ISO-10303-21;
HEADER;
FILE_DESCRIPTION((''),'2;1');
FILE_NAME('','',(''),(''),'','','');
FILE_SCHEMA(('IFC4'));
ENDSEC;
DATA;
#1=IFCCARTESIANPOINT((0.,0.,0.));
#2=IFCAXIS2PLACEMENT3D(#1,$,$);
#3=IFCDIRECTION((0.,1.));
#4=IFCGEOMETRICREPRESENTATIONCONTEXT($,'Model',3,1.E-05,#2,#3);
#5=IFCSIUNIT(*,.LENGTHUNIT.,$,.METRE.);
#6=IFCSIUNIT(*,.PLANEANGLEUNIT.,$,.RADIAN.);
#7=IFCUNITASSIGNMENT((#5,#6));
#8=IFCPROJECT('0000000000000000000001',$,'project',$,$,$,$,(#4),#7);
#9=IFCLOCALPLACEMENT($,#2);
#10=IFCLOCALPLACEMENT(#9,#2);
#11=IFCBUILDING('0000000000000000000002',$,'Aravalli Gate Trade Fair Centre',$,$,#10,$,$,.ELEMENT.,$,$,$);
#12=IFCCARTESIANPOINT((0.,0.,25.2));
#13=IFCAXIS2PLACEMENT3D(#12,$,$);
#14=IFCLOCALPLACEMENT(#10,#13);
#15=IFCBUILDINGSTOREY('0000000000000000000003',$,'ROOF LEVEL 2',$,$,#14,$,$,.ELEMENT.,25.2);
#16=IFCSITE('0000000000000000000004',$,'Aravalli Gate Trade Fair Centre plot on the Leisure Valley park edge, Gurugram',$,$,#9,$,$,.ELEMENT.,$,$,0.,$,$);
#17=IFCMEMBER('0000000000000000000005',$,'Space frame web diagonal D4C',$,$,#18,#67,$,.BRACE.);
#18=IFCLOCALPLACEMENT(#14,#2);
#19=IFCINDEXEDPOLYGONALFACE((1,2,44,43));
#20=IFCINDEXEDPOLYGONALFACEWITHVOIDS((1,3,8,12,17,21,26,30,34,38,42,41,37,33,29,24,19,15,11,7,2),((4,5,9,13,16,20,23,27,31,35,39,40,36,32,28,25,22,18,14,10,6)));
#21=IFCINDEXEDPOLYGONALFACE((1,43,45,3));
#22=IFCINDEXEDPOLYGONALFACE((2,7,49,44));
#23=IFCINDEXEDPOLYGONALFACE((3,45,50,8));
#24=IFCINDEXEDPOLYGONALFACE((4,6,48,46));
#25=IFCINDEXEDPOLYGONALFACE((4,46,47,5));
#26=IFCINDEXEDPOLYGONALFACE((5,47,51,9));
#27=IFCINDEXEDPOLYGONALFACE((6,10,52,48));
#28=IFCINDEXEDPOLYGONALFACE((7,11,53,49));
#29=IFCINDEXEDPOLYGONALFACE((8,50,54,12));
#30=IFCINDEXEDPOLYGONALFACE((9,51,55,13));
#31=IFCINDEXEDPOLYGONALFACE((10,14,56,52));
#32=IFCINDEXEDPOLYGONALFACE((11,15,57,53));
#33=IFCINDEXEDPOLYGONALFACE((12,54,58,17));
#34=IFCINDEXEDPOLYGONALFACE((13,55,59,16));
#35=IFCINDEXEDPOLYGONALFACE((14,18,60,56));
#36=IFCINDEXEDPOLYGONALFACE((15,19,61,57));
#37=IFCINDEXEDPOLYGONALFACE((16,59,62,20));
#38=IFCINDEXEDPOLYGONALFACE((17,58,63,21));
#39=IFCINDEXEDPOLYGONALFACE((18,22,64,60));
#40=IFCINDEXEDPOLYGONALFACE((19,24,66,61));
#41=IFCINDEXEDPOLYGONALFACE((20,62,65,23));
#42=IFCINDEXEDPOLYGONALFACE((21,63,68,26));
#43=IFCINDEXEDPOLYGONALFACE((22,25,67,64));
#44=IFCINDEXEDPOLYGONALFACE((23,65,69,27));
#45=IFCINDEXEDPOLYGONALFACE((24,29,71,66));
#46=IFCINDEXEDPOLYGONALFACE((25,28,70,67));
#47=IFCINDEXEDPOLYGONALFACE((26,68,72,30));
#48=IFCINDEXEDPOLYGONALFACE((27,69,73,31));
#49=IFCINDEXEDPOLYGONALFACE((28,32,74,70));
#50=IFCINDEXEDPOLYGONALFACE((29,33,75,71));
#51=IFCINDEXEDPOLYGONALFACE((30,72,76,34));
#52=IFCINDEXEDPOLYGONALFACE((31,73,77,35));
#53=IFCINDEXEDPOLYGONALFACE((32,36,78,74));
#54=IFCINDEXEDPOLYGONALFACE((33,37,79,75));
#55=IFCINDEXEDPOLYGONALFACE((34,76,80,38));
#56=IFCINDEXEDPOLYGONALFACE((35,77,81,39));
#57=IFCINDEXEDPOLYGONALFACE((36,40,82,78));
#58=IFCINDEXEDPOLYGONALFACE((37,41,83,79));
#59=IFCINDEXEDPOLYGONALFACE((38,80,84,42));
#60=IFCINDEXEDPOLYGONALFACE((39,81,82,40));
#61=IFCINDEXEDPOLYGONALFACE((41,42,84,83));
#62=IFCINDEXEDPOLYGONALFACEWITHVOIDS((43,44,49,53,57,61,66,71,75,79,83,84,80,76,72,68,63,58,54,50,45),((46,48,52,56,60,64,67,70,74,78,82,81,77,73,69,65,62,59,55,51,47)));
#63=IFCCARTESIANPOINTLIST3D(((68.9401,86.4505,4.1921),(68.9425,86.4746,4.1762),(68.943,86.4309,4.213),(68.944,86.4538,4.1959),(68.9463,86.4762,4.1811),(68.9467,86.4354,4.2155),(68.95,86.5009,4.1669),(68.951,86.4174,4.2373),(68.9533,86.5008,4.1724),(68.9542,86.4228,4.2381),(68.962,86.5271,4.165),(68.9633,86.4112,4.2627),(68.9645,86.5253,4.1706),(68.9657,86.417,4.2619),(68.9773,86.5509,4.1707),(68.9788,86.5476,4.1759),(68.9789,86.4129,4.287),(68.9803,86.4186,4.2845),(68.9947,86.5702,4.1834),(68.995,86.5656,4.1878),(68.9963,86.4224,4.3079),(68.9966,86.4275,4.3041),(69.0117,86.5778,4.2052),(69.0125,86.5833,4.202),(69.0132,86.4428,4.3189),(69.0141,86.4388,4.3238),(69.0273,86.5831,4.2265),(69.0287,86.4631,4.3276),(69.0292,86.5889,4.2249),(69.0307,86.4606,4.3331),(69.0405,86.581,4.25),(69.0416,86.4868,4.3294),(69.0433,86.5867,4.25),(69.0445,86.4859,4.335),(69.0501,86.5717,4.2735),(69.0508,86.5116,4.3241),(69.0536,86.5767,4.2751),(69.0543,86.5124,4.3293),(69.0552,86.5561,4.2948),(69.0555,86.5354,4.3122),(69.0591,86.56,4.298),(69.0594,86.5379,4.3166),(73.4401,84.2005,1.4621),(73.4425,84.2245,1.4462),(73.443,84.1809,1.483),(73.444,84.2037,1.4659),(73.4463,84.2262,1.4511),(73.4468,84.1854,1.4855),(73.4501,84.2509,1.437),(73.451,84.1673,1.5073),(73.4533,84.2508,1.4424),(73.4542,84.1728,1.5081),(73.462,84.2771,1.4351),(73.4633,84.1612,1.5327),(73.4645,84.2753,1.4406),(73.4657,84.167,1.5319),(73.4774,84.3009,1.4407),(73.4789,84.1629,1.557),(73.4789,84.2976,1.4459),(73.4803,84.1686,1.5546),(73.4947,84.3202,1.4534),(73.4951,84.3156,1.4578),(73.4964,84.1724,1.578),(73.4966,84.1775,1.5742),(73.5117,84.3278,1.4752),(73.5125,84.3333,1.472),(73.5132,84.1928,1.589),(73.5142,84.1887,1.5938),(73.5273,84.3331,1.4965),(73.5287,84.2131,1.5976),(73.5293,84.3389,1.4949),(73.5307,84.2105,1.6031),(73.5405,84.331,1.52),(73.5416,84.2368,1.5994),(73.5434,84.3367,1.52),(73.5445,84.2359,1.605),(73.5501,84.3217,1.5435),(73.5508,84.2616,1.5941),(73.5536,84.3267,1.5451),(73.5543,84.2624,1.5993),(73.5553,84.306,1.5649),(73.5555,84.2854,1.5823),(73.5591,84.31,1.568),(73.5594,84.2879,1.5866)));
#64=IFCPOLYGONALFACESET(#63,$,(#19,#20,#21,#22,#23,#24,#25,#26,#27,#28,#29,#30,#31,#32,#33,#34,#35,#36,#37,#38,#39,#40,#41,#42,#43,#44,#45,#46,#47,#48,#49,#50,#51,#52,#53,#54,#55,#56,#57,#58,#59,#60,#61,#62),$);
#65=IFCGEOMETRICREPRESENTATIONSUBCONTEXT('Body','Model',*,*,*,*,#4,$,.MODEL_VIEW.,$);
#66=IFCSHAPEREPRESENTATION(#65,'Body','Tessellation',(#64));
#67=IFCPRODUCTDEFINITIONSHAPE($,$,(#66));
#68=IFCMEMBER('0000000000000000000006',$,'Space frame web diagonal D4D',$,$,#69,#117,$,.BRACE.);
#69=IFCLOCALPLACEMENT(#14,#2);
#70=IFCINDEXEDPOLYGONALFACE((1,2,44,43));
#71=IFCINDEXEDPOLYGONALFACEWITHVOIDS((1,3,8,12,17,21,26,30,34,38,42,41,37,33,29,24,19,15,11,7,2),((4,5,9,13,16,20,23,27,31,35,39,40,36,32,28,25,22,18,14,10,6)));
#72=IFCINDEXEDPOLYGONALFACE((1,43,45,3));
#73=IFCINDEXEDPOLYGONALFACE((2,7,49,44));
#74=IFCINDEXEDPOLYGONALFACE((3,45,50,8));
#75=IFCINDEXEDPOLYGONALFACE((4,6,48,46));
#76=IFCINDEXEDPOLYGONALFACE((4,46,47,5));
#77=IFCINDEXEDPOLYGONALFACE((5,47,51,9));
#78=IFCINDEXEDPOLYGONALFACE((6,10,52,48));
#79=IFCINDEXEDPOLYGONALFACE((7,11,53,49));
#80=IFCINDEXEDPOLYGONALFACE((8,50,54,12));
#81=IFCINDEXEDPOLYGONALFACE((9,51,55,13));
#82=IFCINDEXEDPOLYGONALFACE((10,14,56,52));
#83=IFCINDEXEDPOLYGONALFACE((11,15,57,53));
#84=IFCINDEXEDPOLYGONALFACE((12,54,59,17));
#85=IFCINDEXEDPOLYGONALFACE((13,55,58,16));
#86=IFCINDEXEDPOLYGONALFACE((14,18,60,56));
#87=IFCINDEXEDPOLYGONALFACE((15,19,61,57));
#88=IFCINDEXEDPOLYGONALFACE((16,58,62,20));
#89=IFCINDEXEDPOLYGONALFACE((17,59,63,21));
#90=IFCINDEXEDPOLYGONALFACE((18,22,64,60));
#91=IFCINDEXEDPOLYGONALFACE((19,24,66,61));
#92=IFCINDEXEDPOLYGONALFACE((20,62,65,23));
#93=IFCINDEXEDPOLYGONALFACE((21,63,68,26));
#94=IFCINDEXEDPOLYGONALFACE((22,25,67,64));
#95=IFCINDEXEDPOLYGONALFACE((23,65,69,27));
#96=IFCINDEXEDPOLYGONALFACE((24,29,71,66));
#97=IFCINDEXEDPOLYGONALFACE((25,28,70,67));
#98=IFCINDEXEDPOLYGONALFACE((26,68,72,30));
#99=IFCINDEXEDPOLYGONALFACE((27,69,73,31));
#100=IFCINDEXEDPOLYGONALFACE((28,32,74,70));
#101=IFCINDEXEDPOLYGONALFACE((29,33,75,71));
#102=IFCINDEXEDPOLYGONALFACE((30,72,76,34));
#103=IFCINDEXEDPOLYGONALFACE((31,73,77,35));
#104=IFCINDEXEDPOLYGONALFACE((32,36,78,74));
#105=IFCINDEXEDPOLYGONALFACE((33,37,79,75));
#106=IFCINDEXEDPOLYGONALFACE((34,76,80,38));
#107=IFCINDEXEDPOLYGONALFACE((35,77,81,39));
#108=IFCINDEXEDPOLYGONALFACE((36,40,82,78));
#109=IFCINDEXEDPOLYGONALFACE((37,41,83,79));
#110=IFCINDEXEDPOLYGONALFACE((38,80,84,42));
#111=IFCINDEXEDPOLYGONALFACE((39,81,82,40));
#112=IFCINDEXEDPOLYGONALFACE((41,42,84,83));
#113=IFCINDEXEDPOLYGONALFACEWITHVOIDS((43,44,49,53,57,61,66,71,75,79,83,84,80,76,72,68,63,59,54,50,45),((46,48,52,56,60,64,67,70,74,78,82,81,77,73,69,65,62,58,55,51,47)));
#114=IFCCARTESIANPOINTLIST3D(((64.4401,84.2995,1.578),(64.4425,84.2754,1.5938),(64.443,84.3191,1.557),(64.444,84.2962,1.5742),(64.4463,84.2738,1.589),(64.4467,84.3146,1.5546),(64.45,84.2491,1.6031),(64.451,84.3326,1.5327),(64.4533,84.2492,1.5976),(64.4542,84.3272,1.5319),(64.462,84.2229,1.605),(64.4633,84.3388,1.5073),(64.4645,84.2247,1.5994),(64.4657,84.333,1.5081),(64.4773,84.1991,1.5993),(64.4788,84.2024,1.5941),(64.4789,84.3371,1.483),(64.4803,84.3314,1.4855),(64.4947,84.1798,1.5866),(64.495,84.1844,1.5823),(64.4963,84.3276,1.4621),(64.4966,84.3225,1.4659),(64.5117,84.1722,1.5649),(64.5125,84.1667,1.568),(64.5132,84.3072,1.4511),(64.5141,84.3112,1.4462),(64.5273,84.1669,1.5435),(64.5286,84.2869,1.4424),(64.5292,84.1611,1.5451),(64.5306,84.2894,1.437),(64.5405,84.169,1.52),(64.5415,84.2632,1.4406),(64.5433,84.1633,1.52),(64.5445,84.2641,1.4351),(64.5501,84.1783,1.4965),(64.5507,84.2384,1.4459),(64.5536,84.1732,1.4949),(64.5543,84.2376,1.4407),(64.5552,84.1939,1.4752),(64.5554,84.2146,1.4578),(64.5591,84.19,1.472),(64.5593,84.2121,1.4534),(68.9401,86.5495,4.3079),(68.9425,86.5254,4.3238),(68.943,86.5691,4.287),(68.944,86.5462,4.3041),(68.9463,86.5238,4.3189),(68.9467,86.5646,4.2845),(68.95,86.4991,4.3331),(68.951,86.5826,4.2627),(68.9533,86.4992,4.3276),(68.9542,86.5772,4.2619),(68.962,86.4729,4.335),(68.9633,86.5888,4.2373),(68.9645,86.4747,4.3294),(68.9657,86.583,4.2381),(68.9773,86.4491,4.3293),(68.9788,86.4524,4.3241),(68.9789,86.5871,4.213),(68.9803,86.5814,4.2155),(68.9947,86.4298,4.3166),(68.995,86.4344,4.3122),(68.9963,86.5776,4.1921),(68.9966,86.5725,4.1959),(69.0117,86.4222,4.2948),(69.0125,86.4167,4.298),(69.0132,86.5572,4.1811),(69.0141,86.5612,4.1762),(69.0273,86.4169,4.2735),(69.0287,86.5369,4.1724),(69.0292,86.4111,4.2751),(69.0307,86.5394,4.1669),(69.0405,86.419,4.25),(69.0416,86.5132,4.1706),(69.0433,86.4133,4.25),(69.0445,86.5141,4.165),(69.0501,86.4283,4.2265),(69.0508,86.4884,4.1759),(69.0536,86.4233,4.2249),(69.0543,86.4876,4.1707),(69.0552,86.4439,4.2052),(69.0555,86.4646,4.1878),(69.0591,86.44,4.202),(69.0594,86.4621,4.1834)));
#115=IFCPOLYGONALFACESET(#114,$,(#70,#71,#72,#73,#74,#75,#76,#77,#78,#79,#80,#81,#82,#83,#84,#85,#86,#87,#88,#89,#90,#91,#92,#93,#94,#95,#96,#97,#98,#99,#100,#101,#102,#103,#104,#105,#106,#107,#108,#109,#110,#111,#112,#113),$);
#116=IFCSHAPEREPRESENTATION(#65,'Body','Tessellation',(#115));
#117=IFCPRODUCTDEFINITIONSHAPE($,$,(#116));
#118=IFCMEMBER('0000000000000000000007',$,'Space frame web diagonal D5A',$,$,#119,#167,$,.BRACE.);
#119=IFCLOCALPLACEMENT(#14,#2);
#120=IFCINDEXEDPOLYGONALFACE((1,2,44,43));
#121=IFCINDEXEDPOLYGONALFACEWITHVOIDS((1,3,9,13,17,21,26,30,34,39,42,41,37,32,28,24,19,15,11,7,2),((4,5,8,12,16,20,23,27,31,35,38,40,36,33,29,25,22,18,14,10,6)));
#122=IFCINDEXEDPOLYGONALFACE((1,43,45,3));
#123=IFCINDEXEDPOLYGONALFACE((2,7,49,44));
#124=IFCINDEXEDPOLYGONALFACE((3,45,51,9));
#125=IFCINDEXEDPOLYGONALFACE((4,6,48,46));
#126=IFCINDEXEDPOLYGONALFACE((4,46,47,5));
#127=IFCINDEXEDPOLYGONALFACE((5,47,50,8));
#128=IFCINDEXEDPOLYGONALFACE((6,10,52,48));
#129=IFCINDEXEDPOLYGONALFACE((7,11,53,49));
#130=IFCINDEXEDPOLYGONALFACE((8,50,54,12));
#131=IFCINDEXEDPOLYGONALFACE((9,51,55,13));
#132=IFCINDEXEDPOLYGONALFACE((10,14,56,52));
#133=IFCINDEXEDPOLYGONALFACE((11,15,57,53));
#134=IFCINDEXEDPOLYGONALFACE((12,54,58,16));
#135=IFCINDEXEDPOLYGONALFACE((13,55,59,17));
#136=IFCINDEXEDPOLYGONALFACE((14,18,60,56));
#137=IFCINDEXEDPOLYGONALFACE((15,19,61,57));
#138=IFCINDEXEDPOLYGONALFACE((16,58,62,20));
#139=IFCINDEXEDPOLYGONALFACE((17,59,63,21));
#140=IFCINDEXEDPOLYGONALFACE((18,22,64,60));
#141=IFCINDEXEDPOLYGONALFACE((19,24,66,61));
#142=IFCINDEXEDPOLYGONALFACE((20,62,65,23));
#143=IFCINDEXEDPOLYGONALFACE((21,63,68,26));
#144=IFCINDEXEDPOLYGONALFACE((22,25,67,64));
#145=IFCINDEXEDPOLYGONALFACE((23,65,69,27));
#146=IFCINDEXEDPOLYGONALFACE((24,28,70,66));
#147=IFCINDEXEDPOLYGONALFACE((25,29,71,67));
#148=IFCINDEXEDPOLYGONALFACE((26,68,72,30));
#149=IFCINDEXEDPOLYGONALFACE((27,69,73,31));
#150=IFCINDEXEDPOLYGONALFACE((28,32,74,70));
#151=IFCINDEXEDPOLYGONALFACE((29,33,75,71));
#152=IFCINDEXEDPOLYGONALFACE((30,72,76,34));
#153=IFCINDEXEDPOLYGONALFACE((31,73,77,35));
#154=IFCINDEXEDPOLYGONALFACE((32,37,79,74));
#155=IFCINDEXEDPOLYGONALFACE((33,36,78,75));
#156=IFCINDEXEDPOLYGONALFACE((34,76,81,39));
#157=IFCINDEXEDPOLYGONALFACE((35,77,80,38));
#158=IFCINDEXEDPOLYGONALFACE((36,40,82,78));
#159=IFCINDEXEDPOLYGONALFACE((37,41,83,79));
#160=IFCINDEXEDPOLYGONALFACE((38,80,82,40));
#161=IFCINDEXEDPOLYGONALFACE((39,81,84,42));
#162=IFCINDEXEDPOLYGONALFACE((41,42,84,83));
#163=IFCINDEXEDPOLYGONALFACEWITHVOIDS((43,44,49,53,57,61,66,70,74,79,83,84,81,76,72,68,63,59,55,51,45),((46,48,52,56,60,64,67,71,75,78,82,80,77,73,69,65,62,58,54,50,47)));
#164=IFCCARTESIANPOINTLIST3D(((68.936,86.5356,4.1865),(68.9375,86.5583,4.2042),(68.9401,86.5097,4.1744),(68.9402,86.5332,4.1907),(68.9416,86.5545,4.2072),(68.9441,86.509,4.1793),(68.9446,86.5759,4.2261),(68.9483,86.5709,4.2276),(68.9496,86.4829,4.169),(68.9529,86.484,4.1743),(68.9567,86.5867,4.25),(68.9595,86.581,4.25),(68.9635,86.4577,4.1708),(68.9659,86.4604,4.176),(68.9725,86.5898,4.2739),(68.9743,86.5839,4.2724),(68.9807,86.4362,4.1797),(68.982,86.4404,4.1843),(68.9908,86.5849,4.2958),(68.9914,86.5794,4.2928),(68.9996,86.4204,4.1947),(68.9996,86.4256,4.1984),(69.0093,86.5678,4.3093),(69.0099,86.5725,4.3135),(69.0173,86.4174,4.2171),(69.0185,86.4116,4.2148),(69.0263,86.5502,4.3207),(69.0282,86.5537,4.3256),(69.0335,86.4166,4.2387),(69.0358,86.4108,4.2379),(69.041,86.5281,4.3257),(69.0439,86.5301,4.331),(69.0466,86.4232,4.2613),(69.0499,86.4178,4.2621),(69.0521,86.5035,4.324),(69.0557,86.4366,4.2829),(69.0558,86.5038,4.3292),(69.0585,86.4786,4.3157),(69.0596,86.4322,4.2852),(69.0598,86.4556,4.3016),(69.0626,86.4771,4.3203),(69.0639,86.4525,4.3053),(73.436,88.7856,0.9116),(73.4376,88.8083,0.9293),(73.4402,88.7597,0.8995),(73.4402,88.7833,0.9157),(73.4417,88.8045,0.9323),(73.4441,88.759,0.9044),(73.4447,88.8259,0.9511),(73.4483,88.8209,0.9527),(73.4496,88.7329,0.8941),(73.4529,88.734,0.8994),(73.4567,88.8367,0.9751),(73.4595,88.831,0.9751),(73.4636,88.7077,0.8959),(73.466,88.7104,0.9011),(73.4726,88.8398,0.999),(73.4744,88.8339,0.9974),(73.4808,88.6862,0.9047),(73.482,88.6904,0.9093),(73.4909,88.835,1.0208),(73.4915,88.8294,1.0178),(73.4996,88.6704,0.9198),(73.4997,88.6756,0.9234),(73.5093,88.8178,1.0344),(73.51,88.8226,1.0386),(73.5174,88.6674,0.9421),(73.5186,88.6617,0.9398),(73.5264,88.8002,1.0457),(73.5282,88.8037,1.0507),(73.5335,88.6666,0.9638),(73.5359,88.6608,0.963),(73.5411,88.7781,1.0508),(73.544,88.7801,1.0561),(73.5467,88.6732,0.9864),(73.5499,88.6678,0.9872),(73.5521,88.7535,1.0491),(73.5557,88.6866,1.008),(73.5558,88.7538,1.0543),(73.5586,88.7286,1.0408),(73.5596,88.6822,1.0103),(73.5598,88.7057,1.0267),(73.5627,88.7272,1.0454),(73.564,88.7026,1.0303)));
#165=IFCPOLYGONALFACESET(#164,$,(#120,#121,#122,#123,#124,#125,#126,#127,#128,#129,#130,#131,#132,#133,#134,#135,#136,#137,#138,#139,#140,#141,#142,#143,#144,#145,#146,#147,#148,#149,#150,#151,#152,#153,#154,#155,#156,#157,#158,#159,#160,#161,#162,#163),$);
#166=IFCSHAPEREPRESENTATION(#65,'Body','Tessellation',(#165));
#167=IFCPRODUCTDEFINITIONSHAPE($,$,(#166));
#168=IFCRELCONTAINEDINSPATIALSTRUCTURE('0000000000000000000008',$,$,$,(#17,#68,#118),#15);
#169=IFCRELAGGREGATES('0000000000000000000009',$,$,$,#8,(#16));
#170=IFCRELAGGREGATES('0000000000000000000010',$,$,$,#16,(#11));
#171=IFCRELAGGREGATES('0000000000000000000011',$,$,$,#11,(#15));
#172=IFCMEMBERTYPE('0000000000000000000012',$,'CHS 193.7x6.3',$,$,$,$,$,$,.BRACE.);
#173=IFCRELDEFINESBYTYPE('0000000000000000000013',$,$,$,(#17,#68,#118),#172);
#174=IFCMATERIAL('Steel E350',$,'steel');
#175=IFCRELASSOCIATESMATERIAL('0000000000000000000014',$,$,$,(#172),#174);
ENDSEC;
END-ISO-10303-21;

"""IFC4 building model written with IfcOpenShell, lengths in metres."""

from ifc_helpers import new_model, si_unit, direction, frame, origin, origin_2d, place, context, subcontext, project, spatial, hollow_circle, extrude, material, material_profile, profile_set, type_object, element, save


model = new_model("IFC4")

# Units and contexts
model_context = context("Model", 3, precision=1e-05, world=origin(), true_north=direction((0.0, 1.0)))
body_context = subcontext(model_context, "Body", "Model", "MODEL_VIEW")
ifc_project = project(units=[si_unit("LENGTHUNIT", "METRE"), si_unit("PLANEANGLEUNIT", "RADIAN")], contexts=[model_context])

# Site, building, storey
site_placement = place(None, origin())
site = spatial("IfcSite", under=ifc_project, at=site_placement, Name="Aravalli Gate Trade Fair Centre plot on the Leisure Valley park edge, Gurugram", CompositionType="ELEMENT", RefElevation=0.0)
building_placement = place(site_placement, origin())
building = spatial("IfcBuilding", under=site, at=building_placement, Name="Aravalli Gate Trade Fair Centre", CompositionType="ELEMENT")
storey_placement = place(building_placement, frame((0.0, 0.0, 25.2)))
storey = spatial("IfcBuildingStorey", under=building, at=storey_placement, Name="ROOF LEVEL 2", CompositionType="ELEMENT", Elevation=25.2)

# Members
ifc_material_1 = material(Name="Steel E350", Category="steel")
ifc_material_profile_1 = material_profile(ifc_material_1, hollow_circle(Radius=0.0969, WallThickness=0.0063, at=origin_2d()), Name="CHS 193.7x6.3")
ifc_profile_set_1 = profile_set([ifc_material_profile_1], Name="Steel E350")
member_type_1 = type_object("IfcMemberType", Name="CHS 193.7x6.3", PredefinedType="BRACE", material=ifc_profile_set_1)
for number, where, z_axis, x_axis, name in (
    (1, (69.0, 86.5, 4.25), (0.78615, -0.393075, -0.476928), (0.447214, 0.894427, 0.0), "Space frame web diagonal D4C"),
    (2, (69.0, 86.5, 4.25), (-0.78615, -0.393075, -0.476928), (0.447214, -0.894427, 0.0), "Space frame web diagonal D4D"),
):
    element("IfcMember", number, at=place(storey_placement, frame(where, z_axis=z_axis, x_axis=x_axis)), inside=storey, type_object=member_type_1, Name=name, PredefinedType="BRACE", context=body_context, shape_type="SweptSolid", body=[
        extrude(hollow_circle(Radius=0.0969, WallThickness=0.0063, at=origin_2d()), origin(), (0.0, 0.0, 1.0), 5.7241),
    ])
for number, where, z_axis, x_axis, name in (
    (3, (69.0, 86.5, 4.25), (0.74961, 0.374805, -0.545533), (-0.447214, 0.894427, 0.0), "Space frame web diagonal D5A"),
):
    element("IfcMember", number, at=place(storey_placement, frame(where, z_axis=z_axis, x_axis=x_axis)), inside=storey, type_object=member_type_1, Name=name, PredefinedType="BRACE", context=body_context, shape_type="SweptSolid", body=[
        extrude(hollow_circle(Radius=0.0969, WallThickness=0.0063, at=origin_2d()), origin(), (0.0, 0.0, 1.0), 6.0032),
    ])

save(model, "model.ifc")
